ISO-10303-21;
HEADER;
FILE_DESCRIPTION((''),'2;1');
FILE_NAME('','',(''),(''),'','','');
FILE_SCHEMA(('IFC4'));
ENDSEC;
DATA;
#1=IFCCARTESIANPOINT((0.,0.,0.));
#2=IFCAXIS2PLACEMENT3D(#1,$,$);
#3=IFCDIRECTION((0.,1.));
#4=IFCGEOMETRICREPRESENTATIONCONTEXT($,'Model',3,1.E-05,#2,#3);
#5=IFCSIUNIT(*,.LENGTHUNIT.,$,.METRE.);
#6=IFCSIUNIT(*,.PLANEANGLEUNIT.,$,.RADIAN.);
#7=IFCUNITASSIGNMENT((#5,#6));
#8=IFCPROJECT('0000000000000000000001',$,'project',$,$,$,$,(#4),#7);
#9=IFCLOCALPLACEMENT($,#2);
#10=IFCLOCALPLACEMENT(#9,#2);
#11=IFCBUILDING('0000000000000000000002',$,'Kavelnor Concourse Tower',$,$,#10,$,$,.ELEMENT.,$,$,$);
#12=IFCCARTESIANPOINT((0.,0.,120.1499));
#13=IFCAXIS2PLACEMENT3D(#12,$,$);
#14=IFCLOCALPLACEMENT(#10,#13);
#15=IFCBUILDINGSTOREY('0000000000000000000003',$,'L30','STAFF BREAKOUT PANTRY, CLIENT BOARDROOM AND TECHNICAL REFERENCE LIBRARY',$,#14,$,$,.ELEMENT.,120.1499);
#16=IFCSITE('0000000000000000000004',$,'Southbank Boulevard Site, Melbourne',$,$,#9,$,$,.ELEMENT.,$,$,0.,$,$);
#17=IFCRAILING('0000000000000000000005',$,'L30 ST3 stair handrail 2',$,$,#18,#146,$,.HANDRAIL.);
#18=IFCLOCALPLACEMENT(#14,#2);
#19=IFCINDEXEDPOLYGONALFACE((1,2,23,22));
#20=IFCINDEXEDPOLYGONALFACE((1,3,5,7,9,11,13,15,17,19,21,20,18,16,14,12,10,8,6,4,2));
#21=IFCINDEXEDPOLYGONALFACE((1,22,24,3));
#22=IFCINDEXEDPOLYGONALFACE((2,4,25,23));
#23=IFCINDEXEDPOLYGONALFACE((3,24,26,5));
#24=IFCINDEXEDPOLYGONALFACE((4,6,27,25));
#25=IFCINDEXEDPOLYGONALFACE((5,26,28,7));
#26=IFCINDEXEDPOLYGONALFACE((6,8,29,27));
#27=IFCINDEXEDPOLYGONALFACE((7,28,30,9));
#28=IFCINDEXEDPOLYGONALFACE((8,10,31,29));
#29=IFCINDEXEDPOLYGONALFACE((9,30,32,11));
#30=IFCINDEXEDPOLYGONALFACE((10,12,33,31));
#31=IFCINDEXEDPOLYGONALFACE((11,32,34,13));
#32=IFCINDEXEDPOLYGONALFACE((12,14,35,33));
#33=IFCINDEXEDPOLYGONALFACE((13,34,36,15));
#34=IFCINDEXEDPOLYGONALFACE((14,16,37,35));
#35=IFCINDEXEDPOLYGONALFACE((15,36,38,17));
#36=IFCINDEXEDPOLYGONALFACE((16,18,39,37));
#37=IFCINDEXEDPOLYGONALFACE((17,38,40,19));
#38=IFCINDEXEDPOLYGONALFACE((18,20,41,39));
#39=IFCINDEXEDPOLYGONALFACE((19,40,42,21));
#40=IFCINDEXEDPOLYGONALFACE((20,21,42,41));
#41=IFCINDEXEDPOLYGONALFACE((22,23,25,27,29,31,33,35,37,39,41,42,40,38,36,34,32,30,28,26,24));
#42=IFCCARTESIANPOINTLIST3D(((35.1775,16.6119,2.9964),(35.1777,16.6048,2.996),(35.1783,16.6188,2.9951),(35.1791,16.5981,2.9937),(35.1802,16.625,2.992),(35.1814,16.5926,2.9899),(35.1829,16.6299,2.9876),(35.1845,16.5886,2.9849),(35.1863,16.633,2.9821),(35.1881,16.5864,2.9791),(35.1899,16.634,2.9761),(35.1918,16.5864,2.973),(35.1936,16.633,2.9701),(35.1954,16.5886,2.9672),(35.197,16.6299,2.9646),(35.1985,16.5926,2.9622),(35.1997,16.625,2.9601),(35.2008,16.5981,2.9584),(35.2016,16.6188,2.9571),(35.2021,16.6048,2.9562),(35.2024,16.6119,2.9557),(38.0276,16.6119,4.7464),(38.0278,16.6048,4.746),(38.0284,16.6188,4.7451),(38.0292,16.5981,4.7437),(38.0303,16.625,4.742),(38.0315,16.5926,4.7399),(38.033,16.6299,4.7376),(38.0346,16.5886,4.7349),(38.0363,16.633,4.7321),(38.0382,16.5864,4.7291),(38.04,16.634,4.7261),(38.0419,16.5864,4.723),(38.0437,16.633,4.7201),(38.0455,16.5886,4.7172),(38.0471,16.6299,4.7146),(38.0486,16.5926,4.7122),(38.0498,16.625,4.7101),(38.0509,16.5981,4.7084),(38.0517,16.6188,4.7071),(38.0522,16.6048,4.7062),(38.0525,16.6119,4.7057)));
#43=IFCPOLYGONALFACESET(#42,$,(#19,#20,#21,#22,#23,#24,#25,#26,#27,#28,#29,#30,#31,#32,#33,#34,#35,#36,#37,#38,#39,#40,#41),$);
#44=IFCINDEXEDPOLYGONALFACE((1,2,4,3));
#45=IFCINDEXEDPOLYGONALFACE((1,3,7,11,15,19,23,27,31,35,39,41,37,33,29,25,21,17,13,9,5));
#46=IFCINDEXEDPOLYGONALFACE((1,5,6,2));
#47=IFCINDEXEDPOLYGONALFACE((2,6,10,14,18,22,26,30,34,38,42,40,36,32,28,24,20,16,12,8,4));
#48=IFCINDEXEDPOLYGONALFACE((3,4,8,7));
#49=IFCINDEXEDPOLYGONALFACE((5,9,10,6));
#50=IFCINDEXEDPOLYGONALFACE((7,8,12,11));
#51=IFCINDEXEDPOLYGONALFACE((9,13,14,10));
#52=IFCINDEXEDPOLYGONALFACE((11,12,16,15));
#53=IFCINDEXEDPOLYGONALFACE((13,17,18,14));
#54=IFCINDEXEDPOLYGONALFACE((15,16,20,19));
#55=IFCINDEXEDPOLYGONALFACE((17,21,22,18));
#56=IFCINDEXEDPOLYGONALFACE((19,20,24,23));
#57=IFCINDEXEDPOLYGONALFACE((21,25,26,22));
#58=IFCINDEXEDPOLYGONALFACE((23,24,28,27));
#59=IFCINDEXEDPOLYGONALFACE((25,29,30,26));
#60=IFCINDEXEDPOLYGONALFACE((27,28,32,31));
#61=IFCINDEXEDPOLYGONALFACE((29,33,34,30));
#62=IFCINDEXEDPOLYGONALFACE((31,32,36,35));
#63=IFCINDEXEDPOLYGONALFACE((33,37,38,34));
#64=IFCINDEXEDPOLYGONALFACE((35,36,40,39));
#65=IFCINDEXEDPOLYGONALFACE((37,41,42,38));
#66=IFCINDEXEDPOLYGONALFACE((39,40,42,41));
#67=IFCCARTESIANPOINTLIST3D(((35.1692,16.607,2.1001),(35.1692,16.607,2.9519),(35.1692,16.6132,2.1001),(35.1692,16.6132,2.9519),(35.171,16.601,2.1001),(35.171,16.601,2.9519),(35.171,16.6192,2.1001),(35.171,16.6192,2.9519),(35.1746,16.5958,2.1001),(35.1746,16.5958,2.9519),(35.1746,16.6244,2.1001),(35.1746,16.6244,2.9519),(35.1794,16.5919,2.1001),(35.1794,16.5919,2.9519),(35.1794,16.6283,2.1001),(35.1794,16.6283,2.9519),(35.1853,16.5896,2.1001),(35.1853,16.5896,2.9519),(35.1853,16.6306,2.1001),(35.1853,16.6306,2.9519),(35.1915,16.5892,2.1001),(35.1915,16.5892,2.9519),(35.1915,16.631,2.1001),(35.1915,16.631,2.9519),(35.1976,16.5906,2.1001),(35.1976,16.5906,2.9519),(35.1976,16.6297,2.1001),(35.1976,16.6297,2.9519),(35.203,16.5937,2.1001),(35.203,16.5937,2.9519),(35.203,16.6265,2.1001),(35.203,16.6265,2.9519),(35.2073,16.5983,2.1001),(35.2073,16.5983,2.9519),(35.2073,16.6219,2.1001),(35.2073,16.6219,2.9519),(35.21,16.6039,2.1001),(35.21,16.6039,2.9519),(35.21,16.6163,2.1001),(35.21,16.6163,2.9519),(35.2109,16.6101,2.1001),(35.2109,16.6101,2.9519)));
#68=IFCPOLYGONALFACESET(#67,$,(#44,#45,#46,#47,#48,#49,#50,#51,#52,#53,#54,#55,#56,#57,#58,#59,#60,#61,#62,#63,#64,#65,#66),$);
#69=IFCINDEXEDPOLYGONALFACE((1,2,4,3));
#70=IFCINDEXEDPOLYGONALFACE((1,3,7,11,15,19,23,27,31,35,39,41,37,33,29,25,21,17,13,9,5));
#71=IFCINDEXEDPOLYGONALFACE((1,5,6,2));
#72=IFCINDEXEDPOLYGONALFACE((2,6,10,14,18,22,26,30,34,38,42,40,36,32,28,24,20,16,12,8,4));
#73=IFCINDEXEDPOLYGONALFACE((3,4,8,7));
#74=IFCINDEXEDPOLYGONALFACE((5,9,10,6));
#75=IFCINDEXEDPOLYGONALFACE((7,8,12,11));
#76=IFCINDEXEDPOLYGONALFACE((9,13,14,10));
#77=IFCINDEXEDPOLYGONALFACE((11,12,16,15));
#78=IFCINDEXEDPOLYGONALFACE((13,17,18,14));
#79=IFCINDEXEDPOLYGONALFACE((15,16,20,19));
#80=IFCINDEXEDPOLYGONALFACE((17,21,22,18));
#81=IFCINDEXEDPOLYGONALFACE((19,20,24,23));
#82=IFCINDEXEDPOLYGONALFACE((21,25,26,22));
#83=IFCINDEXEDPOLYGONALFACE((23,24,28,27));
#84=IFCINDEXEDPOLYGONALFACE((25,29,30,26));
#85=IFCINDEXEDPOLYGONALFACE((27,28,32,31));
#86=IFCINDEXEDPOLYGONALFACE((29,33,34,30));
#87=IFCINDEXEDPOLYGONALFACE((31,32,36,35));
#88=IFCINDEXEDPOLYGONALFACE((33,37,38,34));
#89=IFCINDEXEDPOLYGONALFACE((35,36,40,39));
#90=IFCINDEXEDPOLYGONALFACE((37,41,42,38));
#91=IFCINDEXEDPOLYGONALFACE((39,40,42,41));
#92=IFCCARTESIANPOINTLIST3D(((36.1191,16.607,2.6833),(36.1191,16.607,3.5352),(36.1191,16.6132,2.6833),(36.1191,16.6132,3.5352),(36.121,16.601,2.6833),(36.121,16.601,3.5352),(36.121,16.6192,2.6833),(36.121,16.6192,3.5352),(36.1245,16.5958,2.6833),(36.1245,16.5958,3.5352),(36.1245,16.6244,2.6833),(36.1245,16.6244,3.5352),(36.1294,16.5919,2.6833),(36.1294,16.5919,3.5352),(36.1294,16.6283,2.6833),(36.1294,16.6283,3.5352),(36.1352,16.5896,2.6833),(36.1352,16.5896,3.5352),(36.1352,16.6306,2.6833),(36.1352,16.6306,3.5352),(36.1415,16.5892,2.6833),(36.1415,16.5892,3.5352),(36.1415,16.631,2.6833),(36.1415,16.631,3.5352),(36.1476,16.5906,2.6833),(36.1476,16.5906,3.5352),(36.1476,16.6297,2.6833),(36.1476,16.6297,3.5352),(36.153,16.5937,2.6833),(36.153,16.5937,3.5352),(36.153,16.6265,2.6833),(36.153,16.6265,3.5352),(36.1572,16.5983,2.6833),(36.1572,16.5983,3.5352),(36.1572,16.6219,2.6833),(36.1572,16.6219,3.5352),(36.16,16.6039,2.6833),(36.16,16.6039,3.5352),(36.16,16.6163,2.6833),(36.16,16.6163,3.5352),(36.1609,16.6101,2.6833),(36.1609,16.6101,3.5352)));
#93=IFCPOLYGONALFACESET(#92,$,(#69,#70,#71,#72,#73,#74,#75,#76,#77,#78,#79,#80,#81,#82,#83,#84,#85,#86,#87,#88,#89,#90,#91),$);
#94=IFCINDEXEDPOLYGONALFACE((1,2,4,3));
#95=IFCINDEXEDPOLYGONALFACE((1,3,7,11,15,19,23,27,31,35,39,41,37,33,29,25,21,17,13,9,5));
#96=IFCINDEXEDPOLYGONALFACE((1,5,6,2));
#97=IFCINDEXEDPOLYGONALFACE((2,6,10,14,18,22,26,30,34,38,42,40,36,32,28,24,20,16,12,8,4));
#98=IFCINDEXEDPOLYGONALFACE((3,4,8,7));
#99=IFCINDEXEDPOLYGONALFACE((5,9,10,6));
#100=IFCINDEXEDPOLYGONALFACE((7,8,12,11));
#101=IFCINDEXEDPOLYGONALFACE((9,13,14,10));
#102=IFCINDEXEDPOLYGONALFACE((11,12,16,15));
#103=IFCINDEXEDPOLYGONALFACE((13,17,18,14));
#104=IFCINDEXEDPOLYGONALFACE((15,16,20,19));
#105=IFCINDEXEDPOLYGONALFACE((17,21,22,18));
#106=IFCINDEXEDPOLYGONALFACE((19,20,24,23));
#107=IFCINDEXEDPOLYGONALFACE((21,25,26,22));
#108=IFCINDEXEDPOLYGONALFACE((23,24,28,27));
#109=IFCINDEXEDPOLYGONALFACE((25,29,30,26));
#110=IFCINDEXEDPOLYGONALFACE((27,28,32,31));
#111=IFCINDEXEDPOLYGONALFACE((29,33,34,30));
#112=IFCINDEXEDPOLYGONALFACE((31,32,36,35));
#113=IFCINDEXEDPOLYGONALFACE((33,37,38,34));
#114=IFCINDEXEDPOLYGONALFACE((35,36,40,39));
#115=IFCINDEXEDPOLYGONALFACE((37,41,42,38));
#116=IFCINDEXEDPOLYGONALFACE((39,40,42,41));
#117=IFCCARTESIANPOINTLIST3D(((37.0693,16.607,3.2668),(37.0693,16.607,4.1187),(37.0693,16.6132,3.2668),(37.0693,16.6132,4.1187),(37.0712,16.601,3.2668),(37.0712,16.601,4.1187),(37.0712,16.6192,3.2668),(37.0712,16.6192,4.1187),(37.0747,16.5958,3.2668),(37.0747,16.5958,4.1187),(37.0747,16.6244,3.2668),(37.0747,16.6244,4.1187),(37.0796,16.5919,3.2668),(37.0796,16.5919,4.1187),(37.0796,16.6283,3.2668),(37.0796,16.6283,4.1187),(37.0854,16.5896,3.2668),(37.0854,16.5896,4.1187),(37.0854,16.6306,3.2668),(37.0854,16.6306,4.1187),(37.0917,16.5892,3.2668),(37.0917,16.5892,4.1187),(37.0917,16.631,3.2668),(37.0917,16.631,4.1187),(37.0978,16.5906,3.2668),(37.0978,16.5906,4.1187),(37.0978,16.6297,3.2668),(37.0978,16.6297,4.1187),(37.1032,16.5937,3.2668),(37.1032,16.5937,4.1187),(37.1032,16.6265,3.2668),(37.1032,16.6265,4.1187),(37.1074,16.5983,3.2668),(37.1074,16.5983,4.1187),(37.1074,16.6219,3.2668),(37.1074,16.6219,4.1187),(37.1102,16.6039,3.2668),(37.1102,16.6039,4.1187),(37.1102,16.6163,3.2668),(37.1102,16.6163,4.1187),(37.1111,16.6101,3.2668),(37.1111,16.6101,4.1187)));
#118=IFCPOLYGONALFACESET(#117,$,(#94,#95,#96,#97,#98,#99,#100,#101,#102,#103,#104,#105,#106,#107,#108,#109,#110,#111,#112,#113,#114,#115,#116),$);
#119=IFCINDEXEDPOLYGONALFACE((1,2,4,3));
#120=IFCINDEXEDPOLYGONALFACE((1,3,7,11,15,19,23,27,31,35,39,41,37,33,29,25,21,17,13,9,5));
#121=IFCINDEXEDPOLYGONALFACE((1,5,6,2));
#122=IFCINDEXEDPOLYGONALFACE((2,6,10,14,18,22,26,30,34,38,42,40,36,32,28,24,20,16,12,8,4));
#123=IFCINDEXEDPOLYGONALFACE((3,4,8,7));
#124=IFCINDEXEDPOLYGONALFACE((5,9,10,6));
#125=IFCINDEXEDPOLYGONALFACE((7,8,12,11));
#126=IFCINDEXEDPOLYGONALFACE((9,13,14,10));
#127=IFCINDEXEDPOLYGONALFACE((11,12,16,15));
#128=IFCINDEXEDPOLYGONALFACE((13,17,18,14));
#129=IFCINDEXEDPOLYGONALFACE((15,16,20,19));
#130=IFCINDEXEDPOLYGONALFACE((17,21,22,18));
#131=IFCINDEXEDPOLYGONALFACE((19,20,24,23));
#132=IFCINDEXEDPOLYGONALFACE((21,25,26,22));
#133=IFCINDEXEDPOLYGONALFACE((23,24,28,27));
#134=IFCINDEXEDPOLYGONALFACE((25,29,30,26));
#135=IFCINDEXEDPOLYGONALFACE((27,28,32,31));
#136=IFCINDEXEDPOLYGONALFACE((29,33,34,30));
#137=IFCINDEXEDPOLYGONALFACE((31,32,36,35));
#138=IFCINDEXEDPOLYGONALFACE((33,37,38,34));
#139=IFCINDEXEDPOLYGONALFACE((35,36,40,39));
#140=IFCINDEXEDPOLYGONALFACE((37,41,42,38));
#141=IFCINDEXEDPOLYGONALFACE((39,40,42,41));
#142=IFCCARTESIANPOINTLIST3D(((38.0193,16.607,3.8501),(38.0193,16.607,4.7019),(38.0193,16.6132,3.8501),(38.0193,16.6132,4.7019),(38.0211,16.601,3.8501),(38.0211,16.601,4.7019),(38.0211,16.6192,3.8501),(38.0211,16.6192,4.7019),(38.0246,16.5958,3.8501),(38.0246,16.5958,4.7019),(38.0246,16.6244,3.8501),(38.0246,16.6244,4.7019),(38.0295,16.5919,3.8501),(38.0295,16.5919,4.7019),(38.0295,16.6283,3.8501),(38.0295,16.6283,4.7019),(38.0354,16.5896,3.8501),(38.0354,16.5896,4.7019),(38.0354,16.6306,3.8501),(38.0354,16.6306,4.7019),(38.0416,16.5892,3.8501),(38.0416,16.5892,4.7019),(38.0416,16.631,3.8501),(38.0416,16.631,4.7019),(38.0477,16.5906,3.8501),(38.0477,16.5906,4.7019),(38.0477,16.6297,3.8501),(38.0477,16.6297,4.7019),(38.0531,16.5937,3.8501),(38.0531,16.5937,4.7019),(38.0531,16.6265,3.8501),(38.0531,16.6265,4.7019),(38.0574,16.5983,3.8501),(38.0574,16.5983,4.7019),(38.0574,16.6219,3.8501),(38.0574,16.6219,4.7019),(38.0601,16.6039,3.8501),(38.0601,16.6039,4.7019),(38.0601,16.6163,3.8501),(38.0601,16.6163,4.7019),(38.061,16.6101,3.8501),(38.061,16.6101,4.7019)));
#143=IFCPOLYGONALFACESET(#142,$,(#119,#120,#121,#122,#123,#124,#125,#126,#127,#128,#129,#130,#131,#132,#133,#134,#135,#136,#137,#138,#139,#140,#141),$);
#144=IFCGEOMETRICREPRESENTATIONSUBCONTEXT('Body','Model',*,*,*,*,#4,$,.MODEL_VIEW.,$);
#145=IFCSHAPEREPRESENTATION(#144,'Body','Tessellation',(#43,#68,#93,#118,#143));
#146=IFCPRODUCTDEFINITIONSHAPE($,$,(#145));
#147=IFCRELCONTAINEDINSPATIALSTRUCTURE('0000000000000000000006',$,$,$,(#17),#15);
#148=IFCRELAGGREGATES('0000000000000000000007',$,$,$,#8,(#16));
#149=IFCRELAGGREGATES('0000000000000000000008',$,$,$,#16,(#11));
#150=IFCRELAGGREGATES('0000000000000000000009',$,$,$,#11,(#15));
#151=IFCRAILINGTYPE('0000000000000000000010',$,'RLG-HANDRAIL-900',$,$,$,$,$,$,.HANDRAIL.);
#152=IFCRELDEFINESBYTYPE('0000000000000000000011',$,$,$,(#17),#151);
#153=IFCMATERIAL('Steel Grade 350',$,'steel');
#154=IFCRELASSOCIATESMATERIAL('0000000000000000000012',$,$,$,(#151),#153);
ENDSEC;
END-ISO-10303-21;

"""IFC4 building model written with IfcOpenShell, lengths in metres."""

from ifc_helpers import new_model, si_unit, direction, frame, origin, origin_2d, place, context, subcontext, project, spatial, circle, extrude, material, type_object, element, save


model = new_model("IFC4")

# Units and contexts
model_context = context("Model", 3, precision=1e-05, world=origin(), true_north=direction((0.0, 1.0)))
body_context = subcontext(model_context, "Body", "Model", "MODEL_VIEW")
ifc_project = project(units=[si_unit("LENGTHUNIT", "METRE"), si_unit("PLANEANGLEUNIT", "RADIAN")], contexts=[model_context])

# Site, building, storey
site_placement = place(None, origin())
site = spatial("IfcSite", under=ifc_project, at=site_placement, Name="Southbank Boulevard Site, Melbourne", CompositionType="ELEMENT", RefElevation=0.0)
building_placement = place(site_placement, origin())
building = spatial("IfcBuilding", under=site, at=building_placement, Name="Kavelnor Concourse Tower", CompositionType="ELEMENT")
storey_placement = place(building_placement, frame((0.0, 0.0, 120.1499)))
storey = spatial("IfcBuildingStorey", under=building, at=storey_placement, Name="L30", Description="STAFF BREAKOUT PANTRY, CLIENT BOARDROOM AND TECHNICAL REFERENCE LIBRARY", CompositionType="ELEMENT", Elevation=120.1499)

# Shared definitions
ifc_material_1 = material(Name="Steel Grade 350", Category="steel")

# Railing
railing_type_1 = type_object("IfcRailingType", Name="RLG-HANDRAIL-900", PredefinedType="HANDRAIL", material=ifc_material_1)
railing_1_placement = place(storey_placement, frame((35.1899, 16.6101, 2.1001)))
element("IfcRailing", 1, at=railing_1_placement, inside=storey, type_object=railing_type_1, Name="L30 ST3 stair handrail 2", PredefinedType="HANDRAIL", context=body_context, shape_type="SweptSolid", body=[
    extrude(circle(Radius=0.0239, at=origin_2d()), frame((0.0, 0.0, 0.876), z_axis=(0.852179, 0.0, 0.52325), x_axis=(0.0, 1.0, 0.0)), (0.0, 0.0, 1.0), 3.3445),
    extrude(circle(Radius=0.021, at=origin_2d()), origin(), (0.0, 0.0, 1.0), 0.8518),
    extrude(circle(Radius=0.021, at=origin_2d()), frame((0.95, 0.0, 0.5833)), (0.0, 0.0, 1.0), 0.8518),
    extrude(circle(Radius=0.021, at=origin_2d()), frame((1.9001, 0.0, 1.1667)), (0.0, 0.0, 1.0), 0.8518),
    extrude(circle(Radius=0.021, at=origin_2d()), frame((2.8501, 0.0, 1.75)), (0.0, 0.0, 1.0), 0.8518),
])

save(model, "model.ifc")
